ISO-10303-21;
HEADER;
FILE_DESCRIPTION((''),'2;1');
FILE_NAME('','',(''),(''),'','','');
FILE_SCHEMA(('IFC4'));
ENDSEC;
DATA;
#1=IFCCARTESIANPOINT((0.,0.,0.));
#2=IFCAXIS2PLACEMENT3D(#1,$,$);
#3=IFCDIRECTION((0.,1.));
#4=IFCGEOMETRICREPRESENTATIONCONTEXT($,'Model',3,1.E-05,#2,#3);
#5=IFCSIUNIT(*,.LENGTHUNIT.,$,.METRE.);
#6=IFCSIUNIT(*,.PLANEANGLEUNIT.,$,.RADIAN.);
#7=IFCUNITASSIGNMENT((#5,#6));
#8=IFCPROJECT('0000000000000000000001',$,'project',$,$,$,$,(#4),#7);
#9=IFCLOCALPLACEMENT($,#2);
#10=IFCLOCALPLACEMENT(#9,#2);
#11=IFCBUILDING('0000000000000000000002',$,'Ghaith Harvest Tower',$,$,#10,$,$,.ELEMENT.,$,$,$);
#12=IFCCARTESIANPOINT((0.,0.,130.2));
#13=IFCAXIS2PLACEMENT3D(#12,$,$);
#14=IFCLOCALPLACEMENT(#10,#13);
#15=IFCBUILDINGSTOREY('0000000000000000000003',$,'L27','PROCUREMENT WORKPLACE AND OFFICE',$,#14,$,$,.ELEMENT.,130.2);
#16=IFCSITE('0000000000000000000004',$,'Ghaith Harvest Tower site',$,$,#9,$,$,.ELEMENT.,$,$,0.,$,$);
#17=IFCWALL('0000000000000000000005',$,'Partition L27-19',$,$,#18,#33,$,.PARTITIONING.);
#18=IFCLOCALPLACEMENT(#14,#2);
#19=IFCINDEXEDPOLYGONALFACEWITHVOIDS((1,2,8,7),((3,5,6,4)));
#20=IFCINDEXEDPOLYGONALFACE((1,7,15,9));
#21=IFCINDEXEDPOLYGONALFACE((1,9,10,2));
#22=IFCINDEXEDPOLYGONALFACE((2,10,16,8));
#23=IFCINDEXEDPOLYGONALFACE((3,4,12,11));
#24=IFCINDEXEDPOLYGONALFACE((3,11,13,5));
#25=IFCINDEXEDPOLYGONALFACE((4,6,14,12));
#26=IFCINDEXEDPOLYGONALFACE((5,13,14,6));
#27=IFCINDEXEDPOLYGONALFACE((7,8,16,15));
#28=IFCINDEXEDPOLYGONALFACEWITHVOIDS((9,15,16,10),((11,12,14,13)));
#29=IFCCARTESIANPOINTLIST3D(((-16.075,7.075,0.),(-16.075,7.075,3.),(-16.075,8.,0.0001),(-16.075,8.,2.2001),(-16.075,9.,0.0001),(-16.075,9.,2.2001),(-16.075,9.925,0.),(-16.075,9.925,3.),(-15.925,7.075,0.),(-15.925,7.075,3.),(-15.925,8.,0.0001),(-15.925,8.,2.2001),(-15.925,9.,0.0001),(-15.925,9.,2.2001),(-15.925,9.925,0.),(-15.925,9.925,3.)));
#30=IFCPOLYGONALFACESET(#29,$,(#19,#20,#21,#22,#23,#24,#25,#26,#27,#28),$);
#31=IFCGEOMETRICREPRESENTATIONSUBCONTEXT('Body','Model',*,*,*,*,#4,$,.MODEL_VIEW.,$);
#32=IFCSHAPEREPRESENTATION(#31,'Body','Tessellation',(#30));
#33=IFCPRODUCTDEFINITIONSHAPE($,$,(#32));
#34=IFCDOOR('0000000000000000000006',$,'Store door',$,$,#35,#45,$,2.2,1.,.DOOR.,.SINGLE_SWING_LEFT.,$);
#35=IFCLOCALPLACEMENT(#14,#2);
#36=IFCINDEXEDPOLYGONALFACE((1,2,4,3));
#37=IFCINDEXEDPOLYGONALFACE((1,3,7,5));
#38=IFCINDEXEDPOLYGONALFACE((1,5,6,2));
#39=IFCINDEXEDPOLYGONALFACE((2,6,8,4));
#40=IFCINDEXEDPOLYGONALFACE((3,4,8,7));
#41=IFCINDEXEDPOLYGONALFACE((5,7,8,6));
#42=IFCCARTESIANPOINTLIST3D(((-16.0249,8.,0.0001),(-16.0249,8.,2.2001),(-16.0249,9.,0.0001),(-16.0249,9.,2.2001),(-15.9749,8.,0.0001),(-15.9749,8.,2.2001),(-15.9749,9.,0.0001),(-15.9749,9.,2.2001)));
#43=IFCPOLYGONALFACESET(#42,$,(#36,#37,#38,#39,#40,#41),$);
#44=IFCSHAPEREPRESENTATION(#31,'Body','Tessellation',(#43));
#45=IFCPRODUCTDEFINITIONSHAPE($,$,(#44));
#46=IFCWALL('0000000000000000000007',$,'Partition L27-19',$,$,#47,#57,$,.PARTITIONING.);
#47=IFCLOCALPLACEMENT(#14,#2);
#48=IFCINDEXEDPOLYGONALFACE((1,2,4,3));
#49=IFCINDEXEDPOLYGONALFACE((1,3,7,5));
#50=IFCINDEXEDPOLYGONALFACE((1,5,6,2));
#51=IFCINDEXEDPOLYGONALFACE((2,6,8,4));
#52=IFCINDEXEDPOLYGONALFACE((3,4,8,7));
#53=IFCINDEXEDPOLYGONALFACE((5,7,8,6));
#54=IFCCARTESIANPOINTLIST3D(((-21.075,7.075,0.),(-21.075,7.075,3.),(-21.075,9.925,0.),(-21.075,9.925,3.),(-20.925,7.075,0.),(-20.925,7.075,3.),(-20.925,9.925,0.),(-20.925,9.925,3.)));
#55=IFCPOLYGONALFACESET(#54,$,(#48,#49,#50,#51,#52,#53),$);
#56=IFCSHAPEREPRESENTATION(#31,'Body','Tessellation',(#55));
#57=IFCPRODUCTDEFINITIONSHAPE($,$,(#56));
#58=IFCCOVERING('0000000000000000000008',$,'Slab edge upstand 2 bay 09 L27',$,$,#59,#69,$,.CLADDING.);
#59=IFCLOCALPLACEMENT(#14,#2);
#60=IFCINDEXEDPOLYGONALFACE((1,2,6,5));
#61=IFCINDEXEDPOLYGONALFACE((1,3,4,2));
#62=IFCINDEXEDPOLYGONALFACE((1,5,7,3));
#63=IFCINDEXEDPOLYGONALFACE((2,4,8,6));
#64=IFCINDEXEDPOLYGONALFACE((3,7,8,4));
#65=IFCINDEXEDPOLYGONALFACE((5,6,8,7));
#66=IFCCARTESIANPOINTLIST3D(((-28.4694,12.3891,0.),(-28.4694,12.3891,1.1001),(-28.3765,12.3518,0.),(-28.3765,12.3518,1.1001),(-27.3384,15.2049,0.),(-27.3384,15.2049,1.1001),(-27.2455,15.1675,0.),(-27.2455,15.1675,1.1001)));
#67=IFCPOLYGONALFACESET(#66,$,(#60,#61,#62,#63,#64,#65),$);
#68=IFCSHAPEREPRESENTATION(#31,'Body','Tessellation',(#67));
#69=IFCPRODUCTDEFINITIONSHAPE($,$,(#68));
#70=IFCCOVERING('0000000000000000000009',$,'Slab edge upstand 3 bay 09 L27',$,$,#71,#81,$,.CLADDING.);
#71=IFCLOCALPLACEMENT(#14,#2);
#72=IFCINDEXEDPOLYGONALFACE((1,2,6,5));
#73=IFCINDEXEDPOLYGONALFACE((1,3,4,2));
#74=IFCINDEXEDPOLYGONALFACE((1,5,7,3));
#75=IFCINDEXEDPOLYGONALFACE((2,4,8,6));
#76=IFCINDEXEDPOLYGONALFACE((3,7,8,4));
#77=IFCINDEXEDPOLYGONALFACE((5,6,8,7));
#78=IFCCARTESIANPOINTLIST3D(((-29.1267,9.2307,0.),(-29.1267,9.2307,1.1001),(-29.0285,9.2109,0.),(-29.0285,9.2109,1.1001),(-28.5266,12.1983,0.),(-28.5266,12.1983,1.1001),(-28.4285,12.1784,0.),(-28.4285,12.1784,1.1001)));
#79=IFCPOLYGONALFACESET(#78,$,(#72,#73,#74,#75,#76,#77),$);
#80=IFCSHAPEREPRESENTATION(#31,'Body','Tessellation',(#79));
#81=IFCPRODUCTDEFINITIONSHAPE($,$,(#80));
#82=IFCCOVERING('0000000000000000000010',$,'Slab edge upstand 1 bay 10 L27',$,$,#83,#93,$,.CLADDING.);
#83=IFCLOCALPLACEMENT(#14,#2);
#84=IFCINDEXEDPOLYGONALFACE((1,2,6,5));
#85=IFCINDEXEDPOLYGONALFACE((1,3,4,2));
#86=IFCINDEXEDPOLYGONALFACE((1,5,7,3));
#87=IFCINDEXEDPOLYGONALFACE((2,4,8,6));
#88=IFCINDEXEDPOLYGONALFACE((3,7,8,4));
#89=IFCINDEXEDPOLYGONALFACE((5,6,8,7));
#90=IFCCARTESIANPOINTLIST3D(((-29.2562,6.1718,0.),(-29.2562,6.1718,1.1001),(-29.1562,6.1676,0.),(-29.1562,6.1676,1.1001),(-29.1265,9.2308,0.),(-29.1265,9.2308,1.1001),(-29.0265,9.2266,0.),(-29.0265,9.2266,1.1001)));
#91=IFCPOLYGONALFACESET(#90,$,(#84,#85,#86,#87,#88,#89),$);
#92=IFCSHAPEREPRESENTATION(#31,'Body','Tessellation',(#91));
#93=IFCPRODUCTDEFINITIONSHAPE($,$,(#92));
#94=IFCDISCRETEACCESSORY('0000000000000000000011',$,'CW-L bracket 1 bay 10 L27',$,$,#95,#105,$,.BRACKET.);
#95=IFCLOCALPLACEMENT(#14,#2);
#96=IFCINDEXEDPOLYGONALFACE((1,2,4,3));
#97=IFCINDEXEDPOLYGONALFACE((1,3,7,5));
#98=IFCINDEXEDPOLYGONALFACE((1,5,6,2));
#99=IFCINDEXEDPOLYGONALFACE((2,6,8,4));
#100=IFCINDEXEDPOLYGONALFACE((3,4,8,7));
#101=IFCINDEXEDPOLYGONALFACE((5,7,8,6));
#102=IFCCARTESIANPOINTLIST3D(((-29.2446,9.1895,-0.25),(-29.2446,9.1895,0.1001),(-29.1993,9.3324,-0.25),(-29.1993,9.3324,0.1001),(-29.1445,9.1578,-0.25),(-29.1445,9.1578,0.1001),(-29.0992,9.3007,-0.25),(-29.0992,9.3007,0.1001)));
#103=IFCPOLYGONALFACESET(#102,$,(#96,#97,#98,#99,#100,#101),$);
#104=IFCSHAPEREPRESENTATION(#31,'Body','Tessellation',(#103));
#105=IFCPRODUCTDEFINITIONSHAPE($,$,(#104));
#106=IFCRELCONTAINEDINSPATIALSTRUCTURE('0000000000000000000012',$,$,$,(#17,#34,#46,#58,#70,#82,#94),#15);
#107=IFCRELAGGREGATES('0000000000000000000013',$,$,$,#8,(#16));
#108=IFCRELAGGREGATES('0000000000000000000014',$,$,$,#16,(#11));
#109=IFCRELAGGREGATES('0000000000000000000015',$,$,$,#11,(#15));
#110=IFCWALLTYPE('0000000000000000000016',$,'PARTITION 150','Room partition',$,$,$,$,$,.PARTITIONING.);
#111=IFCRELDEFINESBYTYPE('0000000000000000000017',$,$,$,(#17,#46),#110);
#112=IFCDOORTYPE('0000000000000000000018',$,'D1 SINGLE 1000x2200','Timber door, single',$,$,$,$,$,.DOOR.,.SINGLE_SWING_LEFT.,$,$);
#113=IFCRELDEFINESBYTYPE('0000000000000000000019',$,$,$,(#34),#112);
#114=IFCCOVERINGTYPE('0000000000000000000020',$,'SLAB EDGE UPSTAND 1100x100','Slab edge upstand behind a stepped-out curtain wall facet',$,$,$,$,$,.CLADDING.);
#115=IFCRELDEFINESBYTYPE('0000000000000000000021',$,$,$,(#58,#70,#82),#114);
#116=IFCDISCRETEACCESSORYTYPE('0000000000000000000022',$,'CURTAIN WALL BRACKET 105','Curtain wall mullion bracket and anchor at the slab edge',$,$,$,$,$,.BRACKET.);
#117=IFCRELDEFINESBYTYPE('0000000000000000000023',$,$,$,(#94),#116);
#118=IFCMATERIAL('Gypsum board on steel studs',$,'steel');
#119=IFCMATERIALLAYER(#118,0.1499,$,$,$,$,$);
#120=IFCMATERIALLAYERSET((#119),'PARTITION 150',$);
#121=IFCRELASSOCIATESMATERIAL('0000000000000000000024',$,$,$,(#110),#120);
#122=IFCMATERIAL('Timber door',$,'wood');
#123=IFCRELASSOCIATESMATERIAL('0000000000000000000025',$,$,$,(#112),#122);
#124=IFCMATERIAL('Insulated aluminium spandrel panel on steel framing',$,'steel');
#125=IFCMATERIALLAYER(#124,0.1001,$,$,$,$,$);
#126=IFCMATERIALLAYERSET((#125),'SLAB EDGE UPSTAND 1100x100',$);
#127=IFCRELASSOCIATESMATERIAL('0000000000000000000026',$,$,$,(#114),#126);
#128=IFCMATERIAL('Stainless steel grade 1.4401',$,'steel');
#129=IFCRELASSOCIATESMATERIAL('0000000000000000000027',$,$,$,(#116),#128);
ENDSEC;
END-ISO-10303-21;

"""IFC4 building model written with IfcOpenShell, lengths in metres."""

from ifc_helpers import new_model, si_unit, direction, frame, frame_2d, origin, origin_2d, place, context, subcontext, project, spatial, rectangle, extrude, material, layer, layer_set, type_object, element, fill, save


model = new_model("IFC4")

# Units and contexts
model_context = context("Model", 3, precision=1e-05, world=origin(), true_north=direction((0.0, 1.0)))
body_context = subcontext(model_context, "Body", "Model", "MODEL_VIEW")
ifc_project = project(units=[si_unit("LENGTHUNIT", "METRE"), si_unit("PLANEANGLEUNIT", "RADIAN")], contexts=[model_context])

# Site, building, storey
site_placement = place(None, origin())
site = spatial("IfcSite", under=ifc_project, at=site_placement, Name="Ghaith Harvest Tower site", CompositionType="ELEMENT", RefElevation=0.0)
building_placement = place(site_placement, origin())
building = spatial("IfcBuilding", under=site, at=building_placement, Name="Ghaith Harvest Tower", CompositionType="ELEMENT")
storey_placement = place(building_placement, frame((0.0, 0.0, 130.2)))
storey = spatial("IfcBuildingStorey", under=building, at=storey_placement, Name="L27", Description="PROCUREMENT WORKPLACE AND OFFICE", CompositionType="ELEMENT", Elevation=130.2)

# Shared definitions
ifc_material_1 = material(Name="Gypsum board on steel studs", Category="steel")
ifc_layer_1 = layer(ifc_material_1, 0.1499)
ifc_layer_set_1 = layer_set([ifc_layer_1], Name="PARTITION 150")
wall_type_1 = type_object("IfcWallType", Name="PARTITION 150", Description="Room partition", PredefinedType="PARTITIONING", material=ifc_layer_set_1)

# Wall, opening, door
wall_1_placement = place(storey_placement, frame((-16.0, 7.075, 0.0), z_axis=(0.0, 0.0, 1.0), x_axis=(0.0, 1.0, 0.0)))
wall_1 = element("IfcWall", 1, at=wall_1_placement, inside=storey, type_object=wall_type_1, Name="Partition L27-19", PredefinedType="PARTITIONING", context=body_context, shape_type="SweptSolid", body=[
    extrude(rectangle(XDim=2.8501, YDim=0.1499, at=frame_2d((1.425, 0.0))), origin(), (0.0, 0.0, 1.0), 3.0),
])
opening_1_placement = place(wall_1_placement, frame((0.925, 0.0, 0.0)))
opening_1 = element("IfcOpeningElement", 2, at=opening_1_placement, cuts=wall_1, PredefinedType="OPENING", context=body_context, shape_type="SweptSolid", body=[
    extrude(rectangle(XDim=1.0, YDim=2.2, at=frame_2d((0.5, 1.1001))), frame((0.0, 0.085, 0.0), z_axis=(0.0, -1.0, 0.0), x_axis=(1.0, 0.0, 0.0)), (0.0, 0.0, 1.0), 0.1699),
])
ifc_material_2 = material(Name="Timber door", Category="wood")
door_type_1 = type_object("IfcDoorType", Name="D1 SINGLE 1000x2200", Description="Timber door, single", OperationType="SINGLE_SWING_LEFT", PredefinedType="DOOR", material=ifc_material_2)
door_1_placement = place(opening_1_placement, origin())
door_1 = element("IfcDoor", 3, at=door_1_placement, inside=storey, type_object=door_type_1, Name="Store door", OperationType="SINGLE_SWING_LEFT", OverallHeight=2.2, OverallWidth=1.0, PredefinedType="DOOR", context=body_context, shape_type="SweptSolid", body=[
    extrude(rectangle(XDim=1.0, YDim=2.2, at=frame_2d((0.5, 1.1001))), frame((0.0, 0.0249, 0.0), z_axis=(0.0, -1.0, 0.0), x_axis=(1.0, 0.0, 0.0)), (0.0, 0.0, 1.0), 0.05),
])
fill(opening_1, door_1)

# Wall
wall_2_placement = place(storey_placement, frame((-21.0, 7.075, 0.0), z_axis=(0.0, 0.0, 1.0), x_axis=(0.0, 1.0, 0.0)))
element("IfcWall", 4, at=wall_2_placement, inside=storey, type_object=wall_type_1, Name="Partition L27-19", PredefinedType="PARTITIONING", context=body_context, shape_type="SweptSolid", body=[
    extrude(rectangle(XDim=2.8501, YDim=0.1499, at=frame_2d((1.425, 0.0))), origin(), (0.0, 0.0, 1.0), 3.0),
])

# Coverings
ifc_material_3 = material(Name="Insulated aluminium spandrel panel on steel framing", Category="steel")
ifc_layer_2 = layer(ifc_material_3, 0.1001)
ifc_layer_set_2 = layer_set([ifc_layer_2], Name="SLAB EDGE UPSTAND 1100x100")
covering_type = type_object("IfcCoveringType", Name="SLAB EDGE UPSTAND 1100x100", Description="Slab edge upstand behind a stepped-out curtain wall facet", PredefinedType="CLADDING", material=ifc_layer_set_2)
covering_1_placement = place(storey_placement, frame((-27.8574, 13.7783, 0.0), z_axis=(0.0, 0.0, 1.0), x_axis=(-0.372732, -0.927939, 0.0)))
element("IfcCovering", 5, at=covering_1_placement, inside=storey, type_object=covering_type, Name="Slab edge upstand 2 bay 09 L27", PredefinedType="CLADDING", context=body_context, shape_type="SweptSolid", body=[
    extrude(rectangle(XDim=3.0344, YDim=0.1001, at=origin_2d()), origin(), (0.0, 0.0, 1.0), 1.1001),
])
covering_2_placement = place(storey_placement, frame((-28.7776, 10.7046, 0.0), z_axis=(0.0, 0.0, 1.0), x_axis=(-0.198183, -0.980165, 0.0)))
element("IfcCovering", 6, at=covering_2_placement, inside=storey, type_object=covering_type, Name="Slab edge upstand 3 bay 09 L27", PredefinedType="CLADDING", context=body_context, shape_type="SweptSolid", body=[
    extrude(rectangle(XDim=3.0276, YDim=0.1001, at=origin_2d()), origin(), (0.0, 0.0, 1.0), 1.1001),
])
covering_3_placement = place(storey_placement, frame((-29.1414, 7.6992, 0.0), z_axis=(0.0, 0.0, 1.0), x_axis=(-0.042373, -0.999102, 0.0)))
element("IfcCovering", 7, at=covering_3_placement, inside=storey, type_object=covering_type, Name="Slab edge upstand 1 bay 10 L27", PredefinedType="CLADDING", context=body_context, shape_type="SweptSolid", body=[
    extrude(rectangle(XDim=3.0618, YDim=0.1001, at=origin_2d()), origin(), (0.0, 0.0, 1.0), 1.1001),
])

# Discrete accessory
ifc_material_4 = material(Name="Stainless steel grade 1.4401", Category="steel")
discrete_accessory_type = type_object("IfcDiscreteAccessoryType", Name="CURTAIN WALL BRACKET 105", Description="Curtain wall mullion bracket and anchor at the slab edge", PredefinedType="BRACKET", material=ifc_material_4)
discrete_accessory_placement = place(storey_placement, frame((-29.1719, 9.2451, -0.25), z_axis=(0.0, 0.0, 1.0), x_axis=(-0.953273, 0.30211, 0.0)))
element("IfcDiscreteAccessory", 8, at=discrete_accessory_placement, inside=storey, type_object=discrete_accessory_type, Name="CW-L bracket 1 bay 10 L27", PredefinedType="BRACKET", context=body_context, shape_type="SweptSolid", body=[
    extrude(rectangle(XDim=0.105, YDim=0.1499, at=origin_2d()), origin(), (0.0, 0.0, 1.0), 0.3501),
])

save(model, "model.ifc")
